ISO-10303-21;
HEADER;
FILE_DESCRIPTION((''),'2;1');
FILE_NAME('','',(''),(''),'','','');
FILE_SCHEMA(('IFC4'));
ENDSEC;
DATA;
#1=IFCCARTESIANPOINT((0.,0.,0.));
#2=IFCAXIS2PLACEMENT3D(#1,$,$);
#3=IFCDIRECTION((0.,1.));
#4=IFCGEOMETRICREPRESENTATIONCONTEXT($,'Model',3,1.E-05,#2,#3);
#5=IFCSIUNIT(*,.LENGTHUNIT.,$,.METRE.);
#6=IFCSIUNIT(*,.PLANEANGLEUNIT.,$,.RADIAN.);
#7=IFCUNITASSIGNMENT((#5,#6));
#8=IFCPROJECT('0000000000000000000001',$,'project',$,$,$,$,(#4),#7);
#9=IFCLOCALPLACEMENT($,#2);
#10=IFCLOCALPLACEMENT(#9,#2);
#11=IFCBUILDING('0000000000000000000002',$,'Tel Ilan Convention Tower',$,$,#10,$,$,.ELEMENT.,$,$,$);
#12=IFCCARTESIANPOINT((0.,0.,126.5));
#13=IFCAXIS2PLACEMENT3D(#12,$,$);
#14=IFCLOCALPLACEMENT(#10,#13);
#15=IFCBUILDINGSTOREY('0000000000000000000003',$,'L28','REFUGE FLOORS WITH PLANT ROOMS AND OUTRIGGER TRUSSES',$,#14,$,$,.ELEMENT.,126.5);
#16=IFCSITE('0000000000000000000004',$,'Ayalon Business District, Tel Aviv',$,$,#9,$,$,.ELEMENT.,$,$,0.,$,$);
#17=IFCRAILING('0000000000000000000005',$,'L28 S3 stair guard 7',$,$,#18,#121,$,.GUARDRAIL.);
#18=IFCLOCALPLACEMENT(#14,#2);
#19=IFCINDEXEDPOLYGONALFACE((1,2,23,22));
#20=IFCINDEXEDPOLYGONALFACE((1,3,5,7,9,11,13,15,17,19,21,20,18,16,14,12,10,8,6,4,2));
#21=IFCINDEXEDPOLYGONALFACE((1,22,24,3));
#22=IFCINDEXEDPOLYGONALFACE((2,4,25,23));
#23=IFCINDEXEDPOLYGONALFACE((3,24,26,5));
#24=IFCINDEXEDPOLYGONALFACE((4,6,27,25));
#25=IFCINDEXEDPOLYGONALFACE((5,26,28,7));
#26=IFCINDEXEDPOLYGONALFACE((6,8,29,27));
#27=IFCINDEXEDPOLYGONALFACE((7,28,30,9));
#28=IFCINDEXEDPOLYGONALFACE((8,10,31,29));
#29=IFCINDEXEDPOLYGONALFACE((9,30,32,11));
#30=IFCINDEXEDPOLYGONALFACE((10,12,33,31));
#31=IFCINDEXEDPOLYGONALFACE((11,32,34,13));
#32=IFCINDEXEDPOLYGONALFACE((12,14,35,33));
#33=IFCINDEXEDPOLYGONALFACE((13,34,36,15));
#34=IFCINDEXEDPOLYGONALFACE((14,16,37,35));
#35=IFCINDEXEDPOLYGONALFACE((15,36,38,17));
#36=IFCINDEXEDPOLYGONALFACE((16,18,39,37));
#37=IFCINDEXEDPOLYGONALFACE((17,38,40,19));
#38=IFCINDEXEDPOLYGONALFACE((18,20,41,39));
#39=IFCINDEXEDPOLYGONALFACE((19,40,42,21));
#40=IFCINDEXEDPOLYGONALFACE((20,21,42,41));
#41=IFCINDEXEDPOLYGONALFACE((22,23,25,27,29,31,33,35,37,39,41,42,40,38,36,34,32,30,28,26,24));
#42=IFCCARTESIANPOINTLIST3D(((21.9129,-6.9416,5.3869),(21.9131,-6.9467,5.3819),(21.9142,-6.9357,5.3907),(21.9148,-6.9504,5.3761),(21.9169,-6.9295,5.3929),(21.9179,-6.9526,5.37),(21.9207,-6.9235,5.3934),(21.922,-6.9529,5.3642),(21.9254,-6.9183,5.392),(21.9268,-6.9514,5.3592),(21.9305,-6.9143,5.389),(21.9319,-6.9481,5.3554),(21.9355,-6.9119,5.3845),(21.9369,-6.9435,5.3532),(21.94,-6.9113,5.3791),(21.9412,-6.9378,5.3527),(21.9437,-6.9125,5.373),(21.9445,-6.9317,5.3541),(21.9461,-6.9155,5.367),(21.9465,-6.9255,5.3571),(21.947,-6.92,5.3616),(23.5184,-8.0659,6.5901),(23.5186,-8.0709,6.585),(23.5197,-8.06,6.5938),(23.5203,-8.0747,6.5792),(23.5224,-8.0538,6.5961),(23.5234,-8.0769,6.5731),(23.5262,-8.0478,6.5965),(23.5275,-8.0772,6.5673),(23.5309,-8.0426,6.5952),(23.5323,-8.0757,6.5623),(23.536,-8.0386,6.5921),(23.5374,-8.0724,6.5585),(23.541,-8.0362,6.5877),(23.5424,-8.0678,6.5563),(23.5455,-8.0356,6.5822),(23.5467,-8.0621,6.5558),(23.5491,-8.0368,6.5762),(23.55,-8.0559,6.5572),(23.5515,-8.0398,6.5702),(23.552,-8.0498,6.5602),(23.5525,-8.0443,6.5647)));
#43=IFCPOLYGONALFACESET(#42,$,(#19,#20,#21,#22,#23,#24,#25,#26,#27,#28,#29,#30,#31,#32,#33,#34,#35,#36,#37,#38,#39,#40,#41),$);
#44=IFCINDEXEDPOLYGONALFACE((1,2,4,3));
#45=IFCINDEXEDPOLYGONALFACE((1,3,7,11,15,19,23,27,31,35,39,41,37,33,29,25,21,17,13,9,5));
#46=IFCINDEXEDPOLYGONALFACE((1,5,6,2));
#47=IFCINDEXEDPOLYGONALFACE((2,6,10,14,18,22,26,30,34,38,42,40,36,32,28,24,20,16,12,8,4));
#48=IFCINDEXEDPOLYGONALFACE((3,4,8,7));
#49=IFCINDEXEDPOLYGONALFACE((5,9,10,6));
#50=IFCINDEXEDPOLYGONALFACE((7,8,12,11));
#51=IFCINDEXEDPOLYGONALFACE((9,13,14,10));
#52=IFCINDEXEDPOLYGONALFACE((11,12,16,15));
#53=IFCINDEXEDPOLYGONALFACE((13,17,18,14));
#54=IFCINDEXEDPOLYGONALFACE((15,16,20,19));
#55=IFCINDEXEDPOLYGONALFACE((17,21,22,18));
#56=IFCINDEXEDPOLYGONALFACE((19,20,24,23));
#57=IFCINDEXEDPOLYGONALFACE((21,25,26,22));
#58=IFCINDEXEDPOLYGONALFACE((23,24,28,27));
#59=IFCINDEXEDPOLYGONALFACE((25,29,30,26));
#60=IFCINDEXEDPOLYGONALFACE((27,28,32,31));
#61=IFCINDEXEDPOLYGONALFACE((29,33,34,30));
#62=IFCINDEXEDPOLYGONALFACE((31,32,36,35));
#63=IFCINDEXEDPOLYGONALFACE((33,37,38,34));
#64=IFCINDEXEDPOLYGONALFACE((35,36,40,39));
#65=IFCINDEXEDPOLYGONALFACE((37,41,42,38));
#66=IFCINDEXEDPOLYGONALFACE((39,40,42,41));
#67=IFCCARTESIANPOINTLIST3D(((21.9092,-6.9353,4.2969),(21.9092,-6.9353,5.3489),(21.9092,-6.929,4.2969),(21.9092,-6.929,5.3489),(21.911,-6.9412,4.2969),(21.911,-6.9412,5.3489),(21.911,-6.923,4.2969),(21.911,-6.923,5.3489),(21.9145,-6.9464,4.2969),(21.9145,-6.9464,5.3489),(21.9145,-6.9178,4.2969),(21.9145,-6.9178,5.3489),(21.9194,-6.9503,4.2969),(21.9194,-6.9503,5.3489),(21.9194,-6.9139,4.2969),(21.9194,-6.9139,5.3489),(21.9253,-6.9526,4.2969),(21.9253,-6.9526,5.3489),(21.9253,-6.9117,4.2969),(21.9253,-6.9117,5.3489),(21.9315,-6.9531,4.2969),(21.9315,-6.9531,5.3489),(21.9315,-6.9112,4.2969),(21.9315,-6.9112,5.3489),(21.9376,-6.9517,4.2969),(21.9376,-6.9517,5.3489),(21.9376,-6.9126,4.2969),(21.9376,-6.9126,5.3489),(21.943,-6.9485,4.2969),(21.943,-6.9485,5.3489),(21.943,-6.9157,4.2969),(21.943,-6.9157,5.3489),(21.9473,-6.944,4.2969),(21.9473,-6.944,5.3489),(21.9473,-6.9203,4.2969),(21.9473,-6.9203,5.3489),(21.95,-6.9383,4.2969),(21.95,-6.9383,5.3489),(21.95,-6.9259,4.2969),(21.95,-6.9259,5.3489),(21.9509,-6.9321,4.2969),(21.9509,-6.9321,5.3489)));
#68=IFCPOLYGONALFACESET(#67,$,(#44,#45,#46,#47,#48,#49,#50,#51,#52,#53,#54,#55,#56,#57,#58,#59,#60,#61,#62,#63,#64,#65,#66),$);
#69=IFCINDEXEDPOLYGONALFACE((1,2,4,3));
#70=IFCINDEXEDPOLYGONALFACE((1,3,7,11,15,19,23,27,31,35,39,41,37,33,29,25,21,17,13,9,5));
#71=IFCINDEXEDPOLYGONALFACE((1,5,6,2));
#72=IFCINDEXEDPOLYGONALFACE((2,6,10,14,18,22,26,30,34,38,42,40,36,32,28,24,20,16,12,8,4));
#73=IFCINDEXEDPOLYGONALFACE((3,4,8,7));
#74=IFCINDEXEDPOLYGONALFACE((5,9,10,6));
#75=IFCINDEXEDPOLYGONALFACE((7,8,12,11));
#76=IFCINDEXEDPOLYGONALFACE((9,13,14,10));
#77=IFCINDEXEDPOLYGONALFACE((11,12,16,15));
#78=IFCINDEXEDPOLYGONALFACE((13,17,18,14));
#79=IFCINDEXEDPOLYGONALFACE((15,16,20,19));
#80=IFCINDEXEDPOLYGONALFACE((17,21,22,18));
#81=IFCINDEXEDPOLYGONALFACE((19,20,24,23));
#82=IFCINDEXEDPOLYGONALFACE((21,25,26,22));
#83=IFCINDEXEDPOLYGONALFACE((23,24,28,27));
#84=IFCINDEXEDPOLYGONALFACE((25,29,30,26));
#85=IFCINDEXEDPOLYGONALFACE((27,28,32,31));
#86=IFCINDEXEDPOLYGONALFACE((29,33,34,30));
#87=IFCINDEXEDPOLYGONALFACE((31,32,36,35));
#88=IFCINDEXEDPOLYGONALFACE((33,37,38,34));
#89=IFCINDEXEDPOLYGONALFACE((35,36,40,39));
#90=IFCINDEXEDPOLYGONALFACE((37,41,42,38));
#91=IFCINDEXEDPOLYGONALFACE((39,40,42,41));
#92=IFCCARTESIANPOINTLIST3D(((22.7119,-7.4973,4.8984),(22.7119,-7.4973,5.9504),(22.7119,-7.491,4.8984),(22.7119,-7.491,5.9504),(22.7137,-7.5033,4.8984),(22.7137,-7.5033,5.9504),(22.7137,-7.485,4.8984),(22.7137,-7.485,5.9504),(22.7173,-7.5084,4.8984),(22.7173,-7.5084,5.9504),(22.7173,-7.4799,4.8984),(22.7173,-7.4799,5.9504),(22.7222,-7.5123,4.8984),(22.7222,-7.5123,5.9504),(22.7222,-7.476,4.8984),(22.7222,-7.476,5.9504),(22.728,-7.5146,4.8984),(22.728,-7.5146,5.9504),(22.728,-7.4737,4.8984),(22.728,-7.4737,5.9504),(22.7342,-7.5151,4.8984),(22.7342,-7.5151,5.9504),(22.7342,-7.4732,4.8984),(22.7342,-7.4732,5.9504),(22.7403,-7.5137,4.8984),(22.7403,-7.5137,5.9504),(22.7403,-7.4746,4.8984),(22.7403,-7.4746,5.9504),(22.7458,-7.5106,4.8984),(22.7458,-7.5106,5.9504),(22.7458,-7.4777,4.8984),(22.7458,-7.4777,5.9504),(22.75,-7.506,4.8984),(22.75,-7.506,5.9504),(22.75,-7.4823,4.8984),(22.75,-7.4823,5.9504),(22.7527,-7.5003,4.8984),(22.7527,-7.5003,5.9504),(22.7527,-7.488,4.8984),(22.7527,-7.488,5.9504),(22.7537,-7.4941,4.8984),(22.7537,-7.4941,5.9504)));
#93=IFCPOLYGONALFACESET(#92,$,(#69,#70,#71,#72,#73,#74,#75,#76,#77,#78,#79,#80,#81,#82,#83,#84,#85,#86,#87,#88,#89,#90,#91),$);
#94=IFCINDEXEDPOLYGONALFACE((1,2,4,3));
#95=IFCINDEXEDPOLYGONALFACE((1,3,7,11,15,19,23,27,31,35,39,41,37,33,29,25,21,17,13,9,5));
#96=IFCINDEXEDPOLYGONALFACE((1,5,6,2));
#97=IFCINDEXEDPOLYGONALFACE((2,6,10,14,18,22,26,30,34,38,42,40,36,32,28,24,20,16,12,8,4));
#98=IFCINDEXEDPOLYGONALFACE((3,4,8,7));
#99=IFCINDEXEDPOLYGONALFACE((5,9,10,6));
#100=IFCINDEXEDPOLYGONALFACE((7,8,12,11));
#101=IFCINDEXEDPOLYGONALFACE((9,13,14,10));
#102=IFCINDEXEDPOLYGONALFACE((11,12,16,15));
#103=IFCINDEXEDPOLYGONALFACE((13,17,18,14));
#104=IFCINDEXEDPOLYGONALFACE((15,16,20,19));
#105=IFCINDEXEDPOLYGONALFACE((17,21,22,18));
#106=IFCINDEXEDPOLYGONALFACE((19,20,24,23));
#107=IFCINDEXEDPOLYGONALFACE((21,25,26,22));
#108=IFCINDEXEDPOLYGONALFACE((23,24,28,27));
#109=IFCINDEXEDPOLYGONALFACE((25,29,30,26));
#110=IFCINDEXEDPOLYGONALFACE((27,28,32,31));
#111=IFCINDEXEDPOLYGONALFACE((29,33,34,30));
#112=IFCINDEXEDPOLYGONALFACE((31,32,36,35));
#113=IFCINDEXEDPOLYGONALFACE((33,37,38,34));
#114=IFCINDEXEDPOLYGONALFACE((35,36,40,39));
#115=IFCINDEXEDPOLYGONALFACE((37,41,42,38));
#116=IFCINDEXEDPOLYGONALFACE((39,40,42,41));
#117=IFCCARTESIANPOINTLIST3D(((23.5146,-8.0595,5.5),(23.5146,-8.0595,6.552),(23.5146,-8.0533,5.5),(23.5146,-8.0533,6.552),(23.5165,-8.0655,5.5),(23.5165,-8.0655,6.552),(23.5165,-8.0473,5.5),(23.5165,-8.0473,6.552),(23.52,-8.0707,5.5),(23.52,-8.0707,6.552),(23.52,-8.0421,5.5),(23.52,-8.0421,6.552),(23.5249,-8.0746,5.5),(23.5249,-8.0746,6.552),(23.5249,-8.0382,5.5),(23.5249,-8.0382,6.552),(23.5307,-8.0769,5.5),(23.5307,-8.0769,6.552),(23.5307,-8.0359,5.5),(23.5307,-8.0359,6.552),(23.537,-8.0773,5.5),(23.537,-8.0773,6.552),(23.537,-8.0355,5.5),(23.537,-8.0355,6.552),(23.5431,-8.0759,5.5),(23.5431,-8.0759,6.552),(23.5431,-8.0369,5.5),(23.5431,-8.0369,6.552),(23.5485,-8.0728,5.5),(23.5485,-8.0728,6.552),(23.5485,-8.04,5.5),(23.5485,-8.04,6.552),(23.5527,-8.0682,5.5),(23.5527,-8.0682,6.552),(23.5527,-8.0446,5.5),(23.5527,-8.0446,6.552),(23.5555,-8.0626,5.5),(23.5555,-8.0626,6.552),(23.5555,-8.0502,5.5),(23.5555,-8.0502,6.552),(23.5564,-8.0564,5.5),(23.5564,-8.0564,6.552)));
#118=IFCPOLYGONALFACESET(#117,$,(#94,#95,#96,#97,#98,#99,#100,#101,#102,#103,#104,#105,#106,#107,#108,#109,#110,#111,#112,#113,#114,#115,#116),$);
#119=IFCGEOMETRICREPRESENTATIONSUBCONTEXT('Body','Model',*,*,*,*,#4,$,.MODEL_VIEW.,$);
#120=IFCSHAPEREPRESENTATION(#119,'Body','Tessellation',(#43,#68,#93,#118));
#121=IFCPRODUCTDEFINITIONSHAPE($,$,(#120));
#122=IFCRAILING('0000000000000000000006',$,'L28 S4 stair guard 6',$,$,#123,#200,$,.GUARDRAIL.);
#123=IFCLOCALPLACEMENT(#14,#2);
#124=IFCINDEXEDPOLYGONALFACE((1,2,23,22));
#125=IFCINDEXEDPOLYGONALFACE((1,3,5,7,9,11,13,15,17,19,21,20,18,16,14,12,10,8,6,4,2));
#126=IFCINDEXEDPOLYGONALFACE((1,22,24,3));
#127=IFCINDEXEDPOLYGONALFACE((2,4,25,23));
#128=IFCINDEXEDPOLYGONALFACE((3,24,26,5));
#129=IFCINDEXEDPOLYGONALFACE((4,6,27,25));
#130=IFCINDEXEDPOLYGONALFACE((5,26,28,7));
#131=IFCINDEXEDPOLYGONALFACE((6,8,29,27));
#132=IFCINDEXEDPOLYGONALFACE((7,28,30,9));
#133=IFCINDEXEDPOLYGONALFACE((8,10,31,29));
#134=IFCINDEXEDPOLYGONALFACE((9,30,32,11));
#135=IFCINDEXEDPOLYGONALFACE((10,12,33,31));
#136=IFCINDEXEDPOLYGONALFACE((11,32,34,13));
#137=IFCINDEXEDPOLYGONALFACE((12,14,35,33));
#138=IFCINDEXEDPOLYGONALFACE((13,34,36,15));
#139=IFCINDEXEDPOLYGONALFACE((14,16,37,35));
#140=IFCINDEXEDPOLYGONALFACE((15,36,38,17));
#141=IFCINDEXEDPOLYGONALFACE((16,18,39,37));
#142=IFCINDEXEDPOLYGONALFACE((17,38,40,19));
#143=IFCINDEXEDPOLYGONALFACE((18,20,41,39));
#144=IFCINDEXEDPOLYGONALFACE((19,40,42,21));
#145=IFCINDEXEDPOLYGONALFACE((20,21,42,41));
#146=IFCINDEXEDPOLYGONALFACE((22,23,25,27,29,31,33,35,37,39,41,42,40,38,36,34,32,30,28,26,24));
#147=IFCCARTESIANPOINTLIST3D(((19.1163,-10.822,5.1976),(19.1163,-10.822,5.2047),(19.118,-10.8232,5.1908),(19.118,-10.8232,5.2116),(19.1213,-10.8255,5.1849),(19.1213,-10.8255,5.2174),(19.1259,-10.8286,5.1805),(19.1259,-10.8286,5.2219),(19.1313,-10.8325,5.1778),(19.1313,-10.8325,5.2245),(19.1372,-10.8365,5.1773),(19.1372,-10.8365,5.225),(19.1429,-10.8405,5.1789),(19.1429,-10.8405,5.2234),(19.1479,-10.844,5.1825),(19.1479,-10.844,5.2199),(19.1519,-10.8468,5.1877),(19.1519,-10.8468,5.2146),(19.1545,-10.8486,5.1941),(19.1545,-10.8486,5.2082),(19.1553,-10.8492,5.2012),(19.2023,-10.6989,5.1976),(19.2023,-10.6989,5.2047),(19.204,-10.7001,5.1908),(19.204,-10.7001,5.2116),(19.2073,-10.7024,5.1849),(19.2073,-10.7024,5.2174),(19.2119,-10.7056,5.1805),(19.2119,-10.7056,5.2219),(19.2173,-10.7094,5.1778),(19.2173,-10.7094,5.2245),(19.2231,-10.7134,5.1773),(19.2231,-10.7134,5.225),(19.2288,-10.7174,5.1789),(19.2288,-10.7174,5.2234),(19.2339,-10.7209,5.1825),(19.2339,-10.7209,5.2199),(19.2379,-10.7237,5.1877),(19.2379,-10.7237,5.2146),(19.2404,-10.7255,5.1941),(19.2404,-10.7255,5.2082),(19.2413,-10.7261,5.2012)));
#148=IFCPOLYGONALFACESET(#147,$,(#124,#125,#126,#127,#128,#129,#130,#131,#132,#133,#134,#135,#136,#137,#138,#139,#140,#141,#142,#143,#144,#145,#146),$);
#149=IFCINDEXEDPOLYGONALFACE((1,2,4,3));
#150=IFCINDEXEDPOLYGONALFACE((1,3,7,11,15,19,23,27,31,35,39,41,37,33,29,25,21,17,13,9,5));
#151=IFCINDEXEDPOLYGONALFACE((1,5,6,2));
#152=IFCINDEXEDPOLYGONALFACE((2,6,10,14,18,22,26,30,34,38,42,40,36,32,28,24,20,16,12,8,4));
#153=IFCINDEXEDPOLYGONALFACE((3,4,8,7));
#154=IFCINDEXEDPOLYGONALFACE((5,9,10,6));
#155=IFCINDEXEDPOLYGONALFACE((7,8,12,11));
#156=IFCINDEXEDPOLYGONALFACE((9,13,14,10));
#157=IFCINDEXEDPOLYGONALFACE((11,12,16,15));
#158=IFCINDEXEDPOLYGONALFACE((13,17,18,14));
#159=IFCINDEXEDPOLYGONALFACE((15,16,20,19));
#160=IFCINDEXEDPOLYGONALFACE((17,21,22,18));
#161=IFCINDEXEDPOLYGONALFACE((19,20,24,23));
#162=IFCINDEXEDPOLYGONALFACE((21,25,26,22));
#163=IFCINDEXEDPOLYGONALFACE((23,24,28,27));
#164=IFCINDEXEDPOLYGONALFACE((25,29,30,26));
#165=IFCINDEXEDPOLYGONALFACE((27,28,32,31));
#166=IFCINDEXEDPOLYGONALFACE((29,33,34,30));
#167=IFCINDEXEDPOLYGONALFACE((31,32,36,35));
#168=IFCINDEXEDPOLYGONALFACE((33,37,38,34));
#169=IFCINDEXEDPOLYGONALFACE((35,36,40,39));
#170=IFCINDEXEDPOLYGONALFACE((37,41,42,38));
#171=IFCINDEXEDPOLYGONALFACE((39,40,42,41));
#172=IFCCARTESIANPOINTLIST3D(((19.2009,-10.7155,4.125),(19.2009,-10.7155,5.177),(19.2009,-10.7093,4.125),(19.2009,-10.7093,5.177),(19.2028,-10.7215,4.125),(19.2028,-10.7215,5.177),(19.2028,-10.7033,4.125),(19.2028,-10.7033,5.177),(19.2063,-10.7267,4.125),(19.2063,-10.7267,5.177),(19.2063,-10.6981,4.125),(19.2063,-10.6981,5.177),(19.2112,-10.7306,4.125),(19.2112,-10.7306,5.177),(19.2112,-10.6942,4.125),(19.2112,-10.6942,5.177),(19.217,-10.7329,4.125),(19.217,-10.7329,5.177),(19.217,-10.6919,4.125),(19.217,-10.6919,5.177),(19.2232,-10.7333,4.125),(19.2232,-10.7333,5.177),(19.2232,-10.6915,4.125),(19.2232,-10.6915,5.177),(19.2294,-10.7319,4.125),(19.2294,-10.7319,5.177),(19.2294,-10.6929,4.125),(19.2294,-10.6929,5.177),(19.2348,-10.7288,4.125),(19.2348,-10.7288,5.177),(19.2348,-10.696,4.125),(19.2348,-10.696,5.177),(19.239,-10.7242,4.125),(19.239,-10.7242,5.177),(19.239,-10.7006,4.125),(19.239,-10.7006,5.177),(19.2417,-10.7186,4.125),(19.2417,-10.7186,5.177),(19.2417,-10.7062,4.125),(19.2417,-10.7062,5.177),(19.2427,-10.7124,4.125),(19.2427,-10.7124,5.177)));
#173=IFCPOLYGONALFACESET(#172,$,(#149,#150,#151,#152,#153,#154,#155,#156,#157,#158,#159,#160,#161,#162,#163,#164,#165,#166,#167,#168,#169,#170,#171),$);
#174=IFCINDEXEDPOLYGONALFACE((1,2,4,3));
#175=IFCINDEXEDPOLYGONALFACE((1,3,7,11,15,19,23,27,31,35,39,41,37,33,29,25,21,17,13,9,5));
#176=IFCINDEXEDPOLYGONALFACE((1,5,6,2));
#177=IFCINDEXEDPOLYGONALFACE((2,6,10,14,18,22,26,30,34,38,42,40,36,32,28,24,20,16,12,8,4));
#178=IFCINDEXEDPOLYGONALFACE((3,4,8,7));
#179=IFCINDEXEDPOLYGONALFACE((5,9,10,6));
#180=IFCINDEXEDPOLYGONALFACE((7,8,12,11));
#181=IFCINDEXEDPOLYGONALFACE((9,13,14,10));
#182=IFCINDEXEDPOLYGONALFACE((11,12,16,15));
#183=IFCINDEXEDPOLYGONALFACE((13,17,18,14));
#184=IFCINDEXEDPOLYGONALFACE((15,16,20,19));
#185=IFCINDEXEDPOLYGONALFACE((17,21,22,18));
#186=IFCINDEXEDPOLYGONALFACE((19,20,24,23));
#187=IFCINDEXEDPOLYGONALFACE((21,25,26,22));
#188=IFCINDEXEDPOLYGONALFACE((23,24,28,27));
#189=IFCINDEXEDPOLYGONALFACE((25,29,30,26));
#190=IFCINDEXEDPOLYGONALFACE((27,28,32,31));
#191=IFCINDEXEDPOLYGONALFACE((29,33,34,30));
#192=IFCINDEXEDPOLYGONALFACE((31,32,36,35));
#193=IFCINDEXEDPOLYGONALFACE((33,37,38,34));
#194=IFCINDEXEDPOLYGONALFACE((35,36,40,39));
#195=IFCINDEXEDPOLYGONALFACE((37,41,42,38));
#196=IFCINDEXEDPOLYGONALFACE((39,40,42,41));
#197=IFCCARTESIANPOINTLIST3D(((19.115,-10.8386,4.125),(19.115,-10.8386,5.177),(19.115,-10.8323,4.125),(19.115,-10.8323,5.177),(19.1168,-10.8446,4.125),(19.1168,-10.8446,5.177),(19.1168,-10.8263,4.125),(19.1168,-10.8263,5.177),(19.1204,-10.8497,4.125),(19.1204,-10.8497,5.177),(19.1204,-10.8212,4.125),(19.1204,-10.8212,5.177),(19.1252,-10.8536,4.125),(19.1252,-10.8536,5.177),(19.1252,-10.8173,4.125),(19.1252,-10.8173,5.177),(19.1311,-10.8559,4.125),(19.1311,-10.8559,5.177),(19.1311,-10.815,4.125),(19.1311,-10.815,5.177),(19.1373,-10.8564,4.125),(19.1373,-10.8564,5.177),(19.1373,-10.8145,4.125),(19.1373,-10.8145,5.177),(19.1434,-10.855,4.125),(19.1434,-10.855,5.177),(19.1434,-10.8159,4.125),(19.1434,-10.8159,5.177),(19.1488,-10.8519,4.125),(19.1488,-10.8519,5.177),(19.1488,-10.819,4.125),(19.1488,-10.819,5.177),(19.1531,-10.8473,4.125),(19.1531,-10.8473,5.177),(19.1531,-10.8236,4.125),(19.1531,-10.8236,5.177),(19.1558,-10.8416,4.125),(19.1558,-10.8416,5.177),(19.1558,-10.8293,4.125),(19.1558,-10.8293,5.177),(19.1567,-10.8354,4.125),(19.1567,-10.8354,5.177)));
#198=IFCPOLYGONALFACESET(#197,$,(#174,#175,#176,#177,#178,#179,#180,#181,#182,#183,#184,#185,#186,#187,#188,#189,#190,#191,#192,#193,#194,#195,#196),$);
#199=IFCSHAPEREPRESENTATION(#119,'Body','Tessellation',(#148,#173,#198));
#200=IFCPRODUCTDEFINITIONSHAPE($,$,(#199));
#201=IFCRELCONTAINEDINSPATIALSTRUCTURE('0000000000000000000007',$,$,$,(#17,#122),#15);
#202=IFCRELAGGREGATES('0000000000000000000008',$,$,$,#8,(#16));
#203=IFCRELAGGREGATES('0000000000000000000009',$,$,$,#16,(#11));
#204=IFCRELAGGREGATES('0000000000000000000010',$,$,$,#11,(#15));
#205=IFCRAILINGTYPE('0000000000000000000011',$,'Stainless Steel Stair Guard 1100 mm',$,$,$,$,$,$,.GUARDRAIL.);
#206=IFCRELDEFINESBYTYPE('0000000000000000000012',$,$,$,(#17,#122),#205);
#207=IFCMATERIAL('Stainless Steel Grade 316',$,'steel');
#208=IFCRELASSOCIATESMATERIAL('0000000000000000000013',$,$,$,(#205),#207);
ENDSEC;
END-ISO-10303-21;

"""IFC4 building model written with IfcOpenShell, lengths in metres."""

from ifc_helpers import new_model, si_unit, direction, frame, origin, origin_2d, place, context, subcontext, project, spatial, circle, extrude, material, type_object, element, save


model = new_model("IFC4")

# Units and contexts
model_context = context("Model", 3, precision=1e-05, world=origin(), true_north=direction((0.0, 1.0)))
body_context = subcontext(model_context, "Body", "Model", "MODEL_VIEW")
ifc_project = project(units=[si_unit("LENGTHUNIT", "METRE"), si_unit("PLANEANGLEUNIT", "RADIAN")], contexts=[model_context])

# Site, building, storey
site_placement = place(None, origin())
site = spatial("IfcSite", under=ifc_project, at=site_placement, Name="Ayalon Business District, Tel Aviv", CompositionType="ELEMENT", RefElevation=0.0)
building_placement = place(site_placement, origin())
building = spatial("IfcBuilding", under=site, at=building_placement, Name="Tel Ilan Convention Tower", CompositionType="ELEMENT")
storey_placement = place(building_placement, frame((0.0, 0.0, 126.5)))
storey = spatial("IfcBuildingStorey", under=building, at=storey_placement, Name="L28", Description="REFUGE FLOORS WITH PLANT ROOMS AND OUTRIGGER TRUSSES", CompositionType="ELEMENT", Elevation=126.5)

# Railings
ifc_material_1 = material(Name="Stainless Steel Grade 316", Category="steel")
railing_type_1 = type_object("IfcRailingType", Name="Stainless Steel Stair Guard 1100 mm", PredefinedType="GUARDRAIL", material=ifc_material_1)
railing_1_placement = place(storey_placement, frame((21.9299, -6.9321, 4.2969)))
element("IfcRailing", 1, at=railing_1_placement, inside=storey, type_object=railing_type_1, Name="L28 S3 stair guard 7", PredefinedType="GUARDRAIL", context=body_context, shape_type="SweptSolid", body=[
    extrude(circle(Radius=0.0239, at=origin_2d()), frame((0.0, 0.0, 1.0762), z_axis=(0.698095, -0.488857, 0.523146), x_axis=(0.573613, 0.819127, 0.0)), (0.0, 0.0, 1.0), 2.2998),
    extrude(circle(Radius=0.021, at=origin_2d()), origin(), (0.0, 0.0, 1.0), 1.052),
    extrude(circle(Radius=0.021, at=origin_2d()), frame((0.8027, -0.562, 0.6016)), (0.0, 0.0, 1.0), 1.052),
    extrude(circle(Radius=0.021, at=origin_2d()), frame((1.6055, -1.1243, 1.2031)), (0.0, 0.0, 1.0), 1.052),
])
railing_2_placement = place(storey_placement, frame((19.2217, -10.7124, 4.125)))
element("IfcRailing", 2, at=railing_2_placement, inside=storey, type_object=railing_type_1, Name="L28 S4 stair guard 6", PredefinedType="GUARDRAIL", context=body_context, shape_type="SweptSolid", body=[
    extrude(circle(Radius=0.0239, at=origin_2d()), frame((0.0, 0.0, 1.0762), z_axis=(-0.572589, -0.819843, 0.0), x_axis=(0.819843, -0.572589, 0.0)), (0.0, 0.0, 1.0), 0.1501),
    extrude(circle(Radius=0.021, at=origin_2d()), origin(), (0.0, 0.0, 1.0), 1.052),
    extrude(circle(Radius=0.021, at=origin_2d()), frame((-0.0859, -0.123, 0.0)), (0.0, 0.0, 1.0), 1.052),
])

save(model, "model.ifc")
